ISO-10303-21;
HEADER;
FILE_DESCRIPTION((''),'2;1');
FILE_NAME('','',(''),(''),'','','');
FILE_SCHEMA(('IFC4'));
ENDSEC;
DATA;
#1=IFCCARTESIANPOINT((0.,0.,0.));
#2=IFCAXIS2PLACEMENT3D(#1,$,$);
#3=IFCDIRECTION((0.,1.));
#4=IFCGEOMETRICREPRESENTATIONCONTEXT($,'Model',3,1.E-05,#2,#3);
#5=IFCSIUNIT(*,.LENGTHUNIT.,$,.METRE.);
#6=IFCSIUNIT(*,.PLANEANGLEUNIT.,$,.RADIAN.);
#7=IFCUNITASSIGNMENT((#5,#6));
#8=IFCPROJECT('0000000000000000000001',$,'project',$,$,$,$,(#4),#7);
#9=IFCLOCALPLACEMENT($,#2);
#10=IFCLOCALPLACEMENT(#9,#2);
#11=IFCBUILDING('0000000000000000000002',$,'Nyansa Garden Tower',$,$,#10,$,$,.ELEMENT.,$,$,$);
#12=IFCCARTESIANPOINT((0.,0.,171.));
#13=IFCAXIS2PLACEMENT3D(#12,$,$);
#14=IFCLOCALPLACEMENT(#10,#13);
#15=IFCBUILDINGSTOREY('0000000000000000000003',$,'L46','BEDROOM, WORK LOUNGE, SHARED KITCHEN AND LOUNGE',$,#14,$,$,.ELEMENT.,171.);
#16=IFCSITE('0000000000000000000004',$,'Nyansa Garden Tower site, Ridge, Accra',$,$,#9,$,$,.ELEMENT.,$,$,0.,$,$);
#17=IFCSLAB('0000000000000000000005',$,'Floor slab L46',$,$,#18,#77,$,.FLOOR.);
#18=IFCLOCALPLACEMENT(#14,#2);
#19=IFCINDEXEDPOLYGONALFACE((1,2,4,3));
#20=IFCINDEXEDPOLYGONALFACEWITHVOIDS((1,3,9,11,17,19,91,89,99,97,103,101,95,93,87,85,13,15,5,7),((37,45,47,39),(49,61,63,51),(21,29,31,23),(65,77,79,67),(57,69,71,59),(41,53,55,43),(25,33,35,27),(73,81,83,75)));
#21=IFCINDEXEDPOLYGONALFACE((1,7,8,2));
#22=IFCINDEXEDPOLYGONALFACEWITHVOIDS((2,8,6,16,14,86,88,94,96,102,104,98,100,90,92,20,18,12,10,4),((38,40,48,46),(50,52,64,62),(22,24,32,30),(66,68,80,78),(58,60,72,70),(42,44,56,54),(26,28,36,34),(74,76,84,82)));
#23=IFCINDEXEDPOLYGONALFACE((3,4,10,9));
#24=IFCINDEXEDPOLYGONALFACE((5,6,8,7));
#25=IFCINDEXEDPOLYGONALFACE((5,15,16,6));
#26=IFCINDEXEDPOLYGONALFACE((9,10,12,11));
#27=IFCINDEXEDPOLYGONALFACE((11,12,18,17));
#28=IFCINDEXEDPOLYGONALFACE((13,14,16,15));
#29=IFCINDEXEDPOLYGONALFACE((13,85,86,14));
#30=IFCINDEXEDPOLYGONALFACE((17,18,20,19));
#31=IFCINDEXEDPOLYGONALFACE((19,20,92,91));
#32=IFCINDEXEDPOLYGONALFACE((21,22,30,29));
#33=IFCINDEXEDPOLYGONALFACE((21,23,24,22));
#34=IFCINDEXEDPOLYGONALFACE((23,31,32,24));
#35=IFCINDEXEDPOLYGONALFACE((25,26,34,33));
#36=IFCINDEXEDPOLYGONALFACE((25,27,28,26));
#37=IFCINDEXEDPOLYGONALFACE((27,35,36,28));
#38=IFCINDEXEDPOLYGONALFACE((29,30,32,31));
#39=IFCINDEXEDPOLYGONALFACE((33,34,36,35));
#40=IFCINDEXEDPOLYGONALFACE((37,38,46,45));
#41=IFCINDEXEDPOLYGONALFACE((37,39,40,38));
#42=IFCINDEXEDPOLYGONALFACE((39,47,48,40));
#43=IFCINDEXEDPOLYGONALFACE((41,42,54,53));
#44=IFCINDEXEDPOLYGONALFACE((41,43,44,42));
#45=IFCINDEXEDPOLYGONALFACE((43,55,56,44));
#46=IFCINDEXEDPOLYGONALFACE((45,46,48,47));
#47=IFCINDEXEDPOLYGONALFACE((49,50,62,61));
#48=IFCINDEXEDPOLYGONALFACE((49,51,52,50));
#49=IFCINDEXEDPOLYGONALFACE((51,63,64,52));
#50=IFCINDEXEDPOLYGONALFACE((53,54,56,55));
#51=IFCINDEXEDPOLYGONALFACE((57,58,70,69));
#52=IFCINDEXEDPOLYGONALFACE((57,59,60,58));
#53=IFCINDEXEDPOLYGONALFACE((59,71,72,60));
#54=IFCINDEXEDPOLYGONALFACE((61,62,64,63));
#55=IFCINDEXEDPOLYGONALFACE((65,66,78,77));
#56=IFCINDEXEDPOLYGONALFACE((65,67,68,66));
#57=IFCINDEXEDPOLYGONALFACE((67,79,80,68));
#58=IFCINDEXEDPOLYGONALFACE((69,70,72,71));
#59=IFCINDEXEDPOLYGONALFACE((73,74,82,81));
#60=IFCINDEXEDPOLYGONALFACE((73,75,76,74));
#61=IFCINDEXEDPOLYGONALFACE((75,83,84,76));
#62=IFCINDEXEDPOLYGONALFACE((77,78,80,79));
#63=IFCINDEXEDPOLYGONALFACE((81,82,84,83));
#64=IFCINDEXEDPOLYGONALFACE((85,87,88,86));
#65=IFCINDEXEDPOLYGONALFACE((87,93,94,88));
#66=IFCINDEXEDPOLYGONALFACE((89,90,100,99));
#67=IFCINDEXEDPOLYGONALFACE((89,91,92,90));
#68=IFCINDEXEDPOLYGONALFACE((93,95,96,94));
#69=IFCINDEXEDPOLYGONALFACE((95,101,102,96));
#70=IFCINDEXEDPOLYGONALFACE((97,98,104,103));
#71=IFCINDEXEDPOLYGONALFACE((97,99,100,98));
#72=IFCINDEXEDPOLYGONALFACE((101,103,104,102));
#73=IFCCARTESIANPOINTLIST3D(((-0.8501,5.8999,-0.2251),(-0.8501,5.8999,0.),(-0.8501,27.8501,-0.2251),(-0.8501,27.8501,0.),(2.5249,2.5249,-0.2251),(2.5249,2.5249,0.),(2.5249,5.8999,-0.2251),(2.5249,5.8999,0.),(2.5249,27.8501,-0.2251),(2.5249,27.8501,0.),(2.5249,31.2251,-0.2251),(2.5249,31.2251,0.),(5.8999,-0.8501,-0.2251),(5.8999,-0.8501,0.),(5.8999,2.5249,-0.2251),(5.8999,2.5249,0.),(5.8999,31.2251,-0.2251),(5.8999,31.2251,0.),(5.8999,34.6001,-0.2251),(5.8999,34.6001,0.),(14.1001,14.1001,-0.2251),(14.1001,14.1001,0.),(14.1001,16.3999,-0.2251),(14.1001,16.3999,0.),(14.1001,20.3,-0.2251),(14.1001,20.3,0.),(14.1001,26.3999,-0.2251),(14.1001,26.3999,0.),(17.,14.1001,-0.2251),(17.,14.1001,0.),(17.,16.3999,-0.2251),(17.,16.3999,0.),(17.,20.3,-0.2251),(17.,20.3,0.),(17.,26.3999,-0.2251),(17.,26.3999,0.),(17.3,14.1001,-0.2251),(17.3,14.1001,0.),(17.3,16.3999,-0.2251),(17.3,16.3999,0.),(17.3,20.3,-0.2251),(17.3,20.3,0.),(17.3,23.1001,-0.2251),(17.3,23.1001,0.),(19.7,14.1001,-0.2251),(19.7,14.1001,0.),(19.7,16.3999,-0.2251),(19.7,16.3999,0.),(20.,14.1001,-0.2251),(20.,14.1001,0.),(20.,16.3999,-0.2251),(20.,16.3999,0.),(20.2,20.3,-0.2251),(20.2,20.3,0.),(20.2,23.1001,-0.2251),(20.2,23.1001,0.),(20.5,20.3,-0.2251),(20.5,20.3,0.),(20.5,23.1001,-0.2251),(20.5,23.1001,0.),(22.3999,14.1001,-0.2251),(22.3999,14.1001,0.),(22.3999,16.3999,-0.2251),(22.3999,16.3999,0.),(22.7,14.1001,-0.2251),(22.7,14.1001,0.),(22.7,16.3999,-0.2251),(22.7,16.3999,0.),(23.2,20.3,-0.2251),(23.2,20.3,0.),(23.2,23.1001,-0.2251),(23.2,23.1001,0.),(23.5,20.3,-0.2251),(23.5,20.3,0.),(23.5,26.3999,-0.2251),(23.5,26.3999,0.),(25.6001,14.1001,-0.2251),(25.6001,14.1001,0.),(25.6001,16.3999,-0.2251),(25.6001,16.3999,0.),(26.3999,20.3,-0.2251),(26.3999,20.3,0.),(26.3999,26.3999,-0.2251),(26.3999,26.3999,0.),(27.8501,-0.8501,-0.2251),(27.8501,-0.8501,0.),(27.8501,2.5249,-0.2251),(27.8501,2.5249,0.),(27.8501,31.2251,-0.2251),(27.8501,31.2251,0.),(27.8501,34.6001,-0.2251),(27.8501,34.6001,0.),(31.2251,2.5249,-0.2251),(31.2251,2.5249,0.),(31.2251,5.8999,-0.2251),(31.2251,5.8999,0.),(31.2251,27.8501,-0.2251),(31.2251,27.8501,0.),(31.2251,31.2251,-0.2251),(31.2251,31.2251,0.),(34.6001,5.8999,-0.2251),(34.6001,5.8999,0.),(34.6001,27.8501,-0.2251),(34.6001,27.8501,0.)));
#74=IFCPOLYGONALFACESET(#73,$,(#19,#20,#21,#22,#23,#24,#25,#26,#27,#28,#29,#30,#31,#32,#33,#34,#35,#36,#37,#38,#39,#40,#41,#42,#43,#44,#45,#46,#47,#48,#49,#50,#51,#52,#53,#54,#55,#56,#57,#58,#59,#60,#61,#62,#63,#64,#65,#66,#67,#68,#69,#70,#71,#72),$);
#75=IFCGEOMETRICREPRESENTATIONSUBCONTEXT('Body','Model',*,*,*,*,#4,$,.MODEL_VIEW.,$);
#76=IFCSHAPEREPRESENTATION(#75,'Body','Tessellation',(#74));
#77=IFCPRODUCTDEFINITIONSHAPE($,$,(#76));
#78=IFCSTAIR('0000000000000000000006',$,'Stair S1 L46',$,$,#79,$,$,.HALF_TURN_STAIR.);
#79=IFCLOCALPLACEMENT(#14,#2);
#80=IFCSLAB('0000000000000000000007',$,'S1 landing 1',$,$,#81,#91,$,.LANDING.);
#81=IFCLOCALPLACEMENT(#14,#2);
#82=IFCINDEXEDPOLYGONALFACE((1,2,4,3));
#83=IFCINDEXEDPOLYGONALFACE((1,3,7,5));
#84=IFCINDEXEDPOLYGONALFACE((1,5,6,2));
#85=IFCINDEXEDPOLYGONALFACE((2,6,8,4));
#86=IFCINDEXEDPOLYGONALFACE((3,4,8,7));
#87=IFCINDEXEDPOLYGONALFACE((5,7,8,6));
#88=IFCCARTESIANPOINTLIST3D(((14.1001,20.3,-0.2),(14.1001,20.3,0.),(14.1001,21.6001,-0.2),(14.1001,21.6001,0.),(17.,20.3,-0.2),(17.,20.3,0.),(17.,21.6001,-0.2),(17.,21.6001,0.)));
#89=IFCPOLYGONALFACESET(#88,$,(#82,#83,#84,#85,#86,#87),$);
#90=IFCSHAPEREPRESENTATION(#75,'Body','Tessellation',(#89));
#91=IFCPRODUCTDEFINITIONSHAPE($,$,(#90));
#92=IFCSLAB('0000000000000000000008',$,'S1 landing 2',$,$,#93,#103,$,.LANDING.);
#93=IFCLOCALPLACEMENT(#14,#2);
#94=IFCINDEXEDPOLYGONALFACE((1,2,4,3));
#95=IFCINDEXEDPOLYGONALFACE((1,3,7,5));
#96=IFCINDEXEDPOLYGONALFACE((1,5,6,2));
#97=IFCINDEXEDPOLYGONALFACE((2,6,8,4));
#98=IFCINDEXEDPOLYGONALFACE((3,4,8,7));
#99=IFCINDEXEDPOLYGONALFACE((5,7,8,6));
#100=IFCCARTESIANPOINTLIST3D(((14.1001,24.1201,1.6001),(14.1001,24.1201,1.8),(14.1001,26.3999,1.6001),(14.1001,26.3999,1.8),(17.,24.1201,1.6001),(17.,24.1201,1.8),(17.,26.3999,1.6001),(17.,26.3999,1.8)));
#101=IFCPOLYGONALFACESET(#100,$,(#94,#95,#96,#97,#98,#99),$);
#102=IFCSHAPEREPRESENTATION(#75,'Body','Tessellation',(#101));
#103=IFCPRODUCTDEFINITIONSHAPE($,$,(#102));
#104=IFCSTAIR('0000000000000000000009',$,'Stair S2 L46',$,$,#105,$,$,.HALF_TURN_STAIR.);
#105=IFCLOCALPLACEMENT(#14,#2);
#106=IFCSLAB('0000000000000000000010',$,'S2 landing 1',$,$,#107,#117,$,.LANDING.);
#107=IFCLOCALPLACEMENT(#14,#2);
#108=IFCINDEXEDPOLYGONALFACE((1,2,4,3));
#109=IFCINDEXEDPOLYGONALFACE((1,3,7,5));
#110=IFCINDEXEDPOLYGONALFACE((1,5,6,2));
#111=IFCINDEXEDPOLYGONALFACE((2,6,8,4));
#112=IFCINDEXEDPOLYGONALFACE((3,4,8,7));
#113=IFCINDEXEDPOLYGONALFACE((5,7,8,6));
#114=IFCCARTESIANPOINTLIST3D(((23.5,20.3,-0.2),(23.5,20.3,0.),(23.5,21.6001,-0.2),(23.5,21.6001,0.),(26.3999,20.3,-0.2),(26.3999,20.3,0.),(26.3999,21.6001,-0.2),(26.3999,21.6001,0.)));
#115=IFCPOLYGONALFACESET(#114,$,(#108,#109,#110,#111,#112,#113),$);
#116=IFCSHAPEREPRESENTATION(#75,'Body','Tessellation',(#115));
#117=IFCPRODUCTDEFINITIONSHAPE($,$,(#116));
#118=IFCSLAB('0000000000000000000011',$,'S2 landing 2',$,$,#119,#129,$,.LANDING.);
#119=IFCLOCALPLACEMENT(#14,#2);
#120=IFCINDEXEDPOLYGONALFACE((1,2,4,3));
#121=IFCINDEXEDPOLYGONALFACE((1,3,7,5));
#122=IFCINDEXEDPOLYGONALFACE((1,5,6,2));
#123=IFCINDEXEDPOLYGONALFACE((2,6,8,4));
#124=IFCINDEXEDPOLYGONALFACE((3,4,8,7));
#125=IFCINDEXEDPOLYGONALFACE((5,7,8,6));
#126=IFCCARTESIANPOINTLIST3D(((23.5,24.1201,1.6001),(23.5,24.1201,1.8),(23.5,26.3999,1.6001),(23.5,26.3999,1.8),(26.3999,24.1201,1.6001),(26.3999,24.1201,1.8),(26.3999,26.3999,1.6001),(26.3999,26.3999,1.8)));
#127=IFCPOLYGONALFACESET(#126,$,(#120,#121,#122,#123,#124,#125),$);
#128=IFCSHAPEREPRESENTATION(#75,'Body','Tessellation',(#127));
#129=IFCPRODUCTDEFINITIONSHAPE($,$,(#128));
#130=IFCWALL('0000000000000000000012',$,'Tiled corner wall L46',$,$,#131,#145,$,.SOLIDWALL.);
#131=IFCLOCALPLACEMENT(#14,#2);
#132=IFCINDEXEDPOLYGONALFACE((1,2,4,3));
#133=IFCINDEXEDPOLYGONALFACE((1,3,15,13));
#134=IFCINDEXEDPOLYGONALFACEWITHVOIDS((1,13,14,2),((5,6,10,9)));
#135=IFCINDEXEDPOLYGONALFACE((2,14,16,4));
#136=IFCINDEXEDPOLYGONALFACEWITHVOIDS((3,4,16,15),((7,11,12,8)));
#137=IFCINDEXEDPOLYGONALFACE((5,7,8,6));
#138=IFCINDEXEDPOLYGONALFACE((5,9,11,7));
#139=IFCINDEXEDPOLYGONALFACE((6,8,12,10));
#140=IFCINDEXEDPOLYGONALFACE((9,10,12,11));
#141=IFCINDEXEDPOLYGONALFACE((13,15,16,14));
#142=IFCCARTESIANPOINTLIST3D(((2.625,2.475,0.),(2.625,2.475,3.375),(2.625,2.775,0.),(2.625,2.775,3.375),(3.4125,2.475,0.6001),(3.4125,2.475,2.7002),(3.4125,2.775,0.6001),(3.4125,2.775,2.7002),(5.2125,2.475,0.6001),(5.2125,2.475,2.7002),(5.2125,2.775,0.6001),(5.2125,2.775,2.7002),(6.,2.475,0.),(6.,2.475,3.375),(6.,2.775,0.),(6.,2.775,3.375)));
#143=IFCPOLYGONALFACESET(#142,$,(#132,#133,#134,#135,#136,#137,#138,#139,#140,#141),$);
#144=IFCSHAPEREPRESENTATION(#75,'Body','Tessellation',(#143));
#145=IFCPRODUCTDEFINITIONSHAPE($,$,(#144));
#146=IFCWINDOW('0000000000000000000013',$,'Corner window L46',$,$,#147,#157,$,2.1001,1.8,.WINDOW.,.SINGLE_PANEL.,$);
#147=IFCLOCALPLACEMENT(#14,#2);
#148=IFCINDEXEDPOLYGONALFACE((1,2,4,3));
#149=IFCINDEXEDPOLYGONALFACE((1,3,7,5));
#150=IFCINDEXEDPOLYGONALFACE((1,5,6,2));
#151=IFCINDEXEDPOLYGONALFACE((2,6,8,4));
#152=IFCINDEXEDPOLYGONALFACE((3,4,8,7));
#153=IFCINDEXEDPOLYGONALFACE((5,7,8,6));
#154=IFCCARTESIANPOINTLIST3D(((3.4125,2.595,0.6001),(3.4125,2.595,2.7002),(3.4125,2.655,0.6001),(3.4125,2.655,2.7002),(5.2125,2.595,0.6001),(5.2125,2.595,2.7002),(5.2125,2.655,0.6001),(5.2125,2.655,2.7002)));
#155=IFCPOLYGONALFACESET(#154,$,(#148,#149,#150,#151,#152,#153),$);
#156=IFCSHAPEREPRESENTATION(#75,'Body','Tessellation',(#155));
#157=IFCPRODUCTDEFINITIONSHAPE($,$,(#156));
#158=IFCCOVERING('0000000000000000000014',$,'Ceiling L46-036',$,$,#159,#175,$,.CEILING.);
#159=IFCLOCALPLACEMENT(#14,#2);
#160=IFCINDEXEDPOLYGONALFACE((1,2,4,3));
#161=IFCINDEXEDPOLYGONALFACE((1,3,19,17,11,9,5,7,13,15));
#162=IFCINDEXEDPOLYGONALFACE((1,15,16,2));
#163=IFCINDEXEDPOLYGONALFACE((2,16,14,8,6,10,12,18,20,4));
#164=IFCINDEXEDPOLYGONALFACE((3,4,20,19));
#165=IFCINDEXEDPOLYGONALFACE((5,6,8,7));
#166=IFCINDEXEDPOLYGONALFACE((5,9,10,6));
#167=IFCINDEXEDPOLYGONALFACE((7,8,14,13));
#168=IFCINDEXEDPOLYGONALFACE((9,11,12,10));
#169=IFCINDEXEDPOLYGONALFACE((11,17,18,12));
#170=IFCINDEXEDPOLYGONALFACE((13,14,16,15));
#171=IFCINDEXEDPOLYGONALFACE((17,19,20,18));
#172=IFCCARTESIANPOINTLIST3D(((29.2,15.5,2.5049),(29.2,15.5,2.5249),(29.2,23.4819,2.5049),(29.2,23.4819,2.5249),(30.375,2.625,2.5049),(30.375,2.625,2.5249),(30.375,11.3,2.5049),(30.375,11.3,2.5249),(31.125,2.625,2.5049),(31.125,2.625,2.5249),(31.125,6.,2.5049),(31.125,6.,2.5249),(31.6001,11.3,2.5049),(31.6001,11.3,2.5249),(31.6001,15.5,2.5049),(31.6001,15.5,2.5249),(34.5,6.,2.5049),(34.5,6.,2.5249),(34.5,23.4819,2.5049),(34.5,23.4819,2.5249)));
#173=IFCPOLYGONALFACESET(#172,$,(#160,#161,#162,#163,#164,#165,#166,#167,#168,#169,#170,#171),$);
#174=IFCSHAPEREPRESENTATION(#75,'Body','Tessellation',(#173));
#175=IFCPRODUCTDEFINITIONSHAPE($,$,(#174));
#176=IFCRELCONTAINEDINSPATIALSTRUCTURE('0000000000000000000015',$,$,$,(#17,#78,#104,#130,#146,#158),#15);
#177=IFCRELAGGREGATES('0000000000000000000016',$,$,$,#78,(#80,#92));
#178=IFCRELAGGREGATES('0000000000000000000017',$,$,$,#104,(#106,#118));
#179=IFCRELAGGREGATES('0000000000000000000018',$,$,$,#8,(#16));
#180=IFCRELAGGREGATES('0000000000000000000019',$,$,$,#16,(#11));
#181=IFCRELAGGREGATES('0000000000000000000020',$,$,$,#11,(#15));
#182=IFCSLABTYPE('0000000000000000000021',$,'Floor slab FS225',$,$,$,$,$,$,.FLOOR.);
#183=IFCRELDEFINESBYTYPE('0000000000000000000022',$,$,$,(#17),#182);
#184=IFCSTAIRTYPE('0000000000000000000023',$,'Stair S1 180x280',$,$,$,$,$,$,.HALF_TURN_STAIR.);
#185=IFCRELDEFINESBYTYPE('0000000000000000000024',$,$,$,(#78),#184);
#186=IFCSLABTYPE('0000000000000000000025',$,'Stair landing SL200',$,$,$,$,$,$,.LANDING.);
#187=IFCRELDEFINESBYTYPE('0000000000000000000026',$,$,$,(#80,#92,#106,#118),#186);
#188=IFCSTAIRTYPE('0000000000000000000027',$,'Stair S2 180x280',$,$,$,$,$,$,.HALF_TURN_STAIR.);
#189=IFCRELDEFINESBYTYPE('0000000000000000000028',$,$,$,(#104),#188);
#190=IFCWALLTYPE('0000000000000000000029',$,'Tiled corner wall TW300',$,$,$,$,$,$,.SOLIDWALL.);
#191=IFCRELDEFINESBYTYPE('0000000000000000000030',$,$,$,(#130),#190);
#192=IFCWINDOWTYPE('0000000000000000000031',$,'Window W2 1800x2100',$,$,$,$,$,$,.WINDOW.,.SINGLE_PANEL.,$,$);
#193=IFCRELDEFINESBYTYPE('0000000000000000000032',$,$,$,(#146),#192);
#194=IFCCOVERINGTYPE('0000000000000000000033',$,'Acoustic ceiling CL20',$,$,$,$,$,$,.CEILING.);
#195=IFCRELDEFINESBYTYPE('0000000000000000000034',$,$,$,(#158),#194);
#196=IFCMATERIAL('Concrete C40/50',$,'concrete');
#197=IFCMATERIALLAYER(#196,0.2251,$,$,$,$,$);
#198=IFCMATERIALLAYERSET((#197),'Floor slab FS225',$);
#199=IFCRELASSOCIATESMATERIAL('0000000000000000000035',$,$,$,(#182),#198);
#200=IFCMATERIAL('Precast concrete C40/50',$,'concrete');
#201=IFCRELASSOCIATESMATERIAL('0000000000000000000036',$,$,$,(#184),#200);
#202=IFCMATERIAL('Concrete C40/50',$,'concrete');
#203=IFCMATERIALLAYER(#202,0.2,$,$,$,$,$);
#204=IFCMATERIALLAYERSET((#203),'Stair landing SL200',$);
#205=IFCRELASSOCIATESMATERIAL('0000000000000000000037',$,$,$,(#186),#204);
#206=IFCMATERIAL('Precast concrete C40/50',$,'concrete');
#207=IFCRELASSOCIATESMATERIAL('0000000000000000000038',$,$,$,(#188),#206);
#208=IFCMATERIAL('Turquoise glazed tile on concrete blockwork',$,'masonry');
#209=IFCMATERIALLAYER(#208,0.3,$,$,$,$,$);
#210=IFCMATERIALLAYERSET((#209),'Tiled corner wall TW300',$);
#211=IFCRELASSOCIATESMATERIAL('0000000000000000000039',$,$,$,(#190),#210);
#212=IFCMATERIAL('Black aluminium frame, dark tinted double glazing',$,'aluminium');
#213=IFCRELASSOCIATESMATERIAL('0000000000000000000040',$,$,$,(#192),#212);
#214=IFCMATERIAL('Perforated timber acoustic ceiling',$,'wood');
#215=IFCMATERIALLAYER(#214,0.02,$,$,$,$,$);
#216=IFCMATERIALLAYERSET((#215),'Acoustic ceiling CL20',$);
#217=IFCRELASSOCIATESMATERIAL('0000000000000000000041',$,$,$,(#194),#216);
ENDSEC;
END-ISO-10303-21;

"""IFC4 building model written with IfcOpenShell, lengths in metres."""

from ifc_helpers import new_model, si_unit, direction, frame, frame_2d, origin, place, context, subcontext, project, spatial, polyline, rectangle, outline, extrude, material, layer, layer_set, type_object, element, fill, aggregate, save


model = new_model("IFC4")

# Units and contexts
model_context = context("Model", 3, precision=1e-05, world=origin(), true_north=direction((0.0, 1.0)))
body_context = subcontext(model_context, "Body", "Model", "MODEL_VIEW")
ifc_project = project(units=[si_unit("LENGTHUNIT", "METRE"), si_unit("PLANEANGLEUNIT", "RADIAN")], contexts=[model_context])

# Site, building, storey
site_placement = place(None, origin())
site = spatial("IfcSite", under=ifc_project, at=site_placement, Name="Nyansa Garden Tower site, Ridge, Accra", CompositionType="ELEMENT", RefElevation=0.0)
building_placement = place(site_placement, origin())
building = spatial("IfcBuilding", under=site, at=building_placement, Name="Nyansa Garden Tower", CompositionType="ELEMENT")
storey_placement = place(building_placement, frame((0.0, 0.0, 171.0)))
storey = spatial("IfcBuildingStorey", under=building, at=storey_placement, Name="L46", Description="BEDROOM, WORK LOUNGE, SHARED KITCHEN AND LOUNGE", CompositionType="ELEMENT", Elevation=171.0)

# Slab
ifc_material_1 = material(Name="Concrete C40/50", Category="concrete")
ifc_layer_1 = layer(ifc_material_1, 0.2251)
ifc_layer_set_1 = layer_set([ifc_layer_1], Name="Floor slab FS225")
slab_type_1 = type_object("IfcSlabType", Name="Floor slab FS225", PredefinedType="FLOOR", material=ifc_layer_set_1)
slab_1_placement = place(storey_placement, frame((0.0, 0.0, -0.2251)))
element("IfcSlab", 1, at=slab_1_placement, inside=storey, type_object=slab_type_1, Name="Floor slab L46", PredefinedType="FLOOR", context=body_context, shape_type="SweptSolid", body=[
    extrude(outline(polyline([(34.6001, 5.8999), (31.2251, 5.8999), (31.2251, 2.5249), (27.8501, 2.5249), (27.8501, -0.8501), (5.8999, -0.8501), (5.8999, 2.5249), (2.5249, 2.5249), (2.5249, 5.8999), (-0.8501, 5.8999), (-0.8501, 27.8501), (2.5249, 27.8501), (2.5249, 31.2251), (5.8999, 31.2251), (5.8999, 34.6001), (27.8501, 34.6001), (27.8501, 31.2251), (31.2251, 31.2251), (31.2251, 27.8501), (34.6001, 27.8501), (34.6001, 5.8999)]), holes=[polyline([(14.1001, 14.1001), (17.0, 14.1001), (17.0, 16.3999), (14.1001, 16.3999), (14.1001, 14.1001)]), polyline([(17.3, 14.1001), (19.7, 14.1001), (19.7, 16.3999), (17.3, 16.3999), (17.3, 14.1001)]), polyline([(20.0, 14.1001), (22.3999, 14.1001), (22.3999, 16.3999), (20.0, 16.3999), (20.0, 14.1001)]), polyline([(22.7, 14.1001), (25.6001, 14.1001), (25.6001, 16.3999), (22.7, 16.3999), (22.7, 14.1001)]), polyline([(17.3, 20.3), (20.2, 20.3), (20.2, 23.1001), (17.3, 23.1001), (17.3, 20.3)]), polyline([(20.5, 20.3), (23.2, 20.3), (23.2, 23.1001), (20.5, 23.1001), (20.5, 20.3)]), polyline([(14.1001, 20.3), (17.0, 20.3), (17.0, 26.3999), (14.1001, 26.3999), (14.1001, 20.3)]), polyline([(23.5, 20.3), (26.3999, 20.3), (26.3999, 26.3999), (23.5, 26.3999), (23.5, 20.3)])]), origin(), (0.0, 0.0, 1.0), 0.2251),
])

# Stairs, slabs
ifc_material_2 = material(Name="Precast concrete C40/50", Category="concrete")
stair_type_1 = type_object("IfcStairType", Name="Stair S1 180x280", PredefinedType="HALF_TURN_STAIR", material=ifc_material_2)
stair_1_placement = place(storey_placement, origin())
stair_1 = element("IfcStair", 2, at=stair_1_placement, inside=storey, type_object=stair_type_1, Name="Stair S1 L46", PredefinedType="HALF_TURN_STAIR")
ifc_material_3 = material(Name="Concrete C40/50", Category="concrete")
ifc_layer_2 = layer(ifc_material_3, 0.2)
ifc_layer_set_2 = layer_set([ifc_layer_2], Name="Stair landing SL200")
slab_type_2 = type_object("IfcSlabType", Name="Stair landing SL200", PredefinedType="LANDING", material=ifc_layer_set_2)
slab_2_placement = place(storey_placement, frame((0.0, 0.0, -0.2)))
slab_2 = element("IfcSlab", 3, at=slab_2_placement, type_object=slab_type_2, Name="S1 landing 1", PredefinedType="LANDING", context=body_context, shape_type="SweptSolid", body=[
    extrude(outline(polyline([(14.1001, 20.3), (17.0, 20.3), (17.0, 21.6001), (14.1001, 21.6001), (14.1001, 20.3)])), origin(), (0.0, 0.0, 1.0), 0.2),
])
slab_3_placement = place(storey_placement, frame((0.0, 0.0, 1.6001)))
slab_3 = element("IfcSlab", 4, at=slab_3_placement, type_object=slab_type_2, Name="S1 landing 2", PredefinedType="LANDING", context=body_context, shape_type="SweptSolid", body=[
    extrude(outline(polyline([(14.1001, 24.1201), (17.0, 24.1201), (17.0, 26.3999), (14.1001, 26.3999), (14.1001, 24.1201)])), origin(), (0.0, 0.0, 1.0), 0.2),
])
aggregate(stair_1, [slab_2, slab_3])
ifc_material_4 = material(Name="Precast concrete C40/50", Category="concrete")
stair_type_2 = type_object("IfcStairType", Name="Stair S2 180x280", PredefinedType="HALF_TURN_STAIR", material=ifc_material_4)
stair_2_placement = place(storey_placement, origin())
stair_2 = element("IfcStair", 5, at=stair_2_placement, inside=storey, type_object=stair_type_2, Name="Stair S2 L46", PredefinedType="HALF_TURN_STAIR")
slab_4_placement = place(storey_placement, frame((0.0, 0.0, -0.2)))
slab_4 = element("IfcSlab", 6, at=slab_4_placement, type_object=slab_type_2, Name="S2 landing 1", PredefinedType="LANDING", context=body_context, shape_type="SweptSolid", body=[
    extrude(outline(polyline([(23.5, 20.3), (26.3999, 20.3), (26.3999, 21.6001), (23.5, 21.6001), (23.5, 20.3)])), origin(), (0.0, 0.0, 1.0), 0.2),
])
slab_5_placement = place(storey_placement, frame((0.0, 0.0, 1.6001)))
slab_5 = element("IfcSlab", 7, at=slab_5_placement, type_object=slab_type_2, Name="S2 landing 2", PredefinedType="LANDING", context=body_context, shape_type="SweptSolid", body=[
    extrude(outline(polyline([(23.5, 24.1201), (26.3999, 24.1201), (26.3999, 26.3999), (23.5, 26.3999), (23.5, 24.1201)])), origin(), (0.0, 0.0, 1.0), 0.2),
])
aggregate(stair_2, [slab_4, slab_5])

# Wall, opening, window
ifc_material_5 = material(Name="Turquoise glazed tile on concrete blockwork", Category="masonry")
ifc_layer_3 = layer(ifc_material_5, 0.3)
ifc_layer_set_3 = layer_set([ifc_layer_3], Name="Tiled corner wall TW300")
wall_type = type_object("IfcWallType", Name="Tiled corner wall TW300", PredefinedType="SOLIDWALL", material=ifc_layer_set_3)
wall_placement = place(storey_placement, frame((2.625, 2.625, 0.0), z_axis=(0.0, 0.0, 1.0), x_axis=(1.0, 0.0, 0.0)))
wall = element("IfcWall", 8, at=wall_placement, inside=storey, type_object=wall_type, Name="Tiled corner wall L46", PredefinedType="SOLIDWALL", context=body_context, shape_type="SweptSolid", body=[
    extrude(rectangle(XDim=3.375, YDim=0.3, at=frame_2d((1.6875, 0.0))), origin(), (0.0, 0.0, 1.0), 3.375),
])
opening_placement = place(wall_placement, frame((0.7876, 0.0, 0.6001)))
opening = element("IfcOpeningElement", 9, at=opening_placement, cuts=wall, PredefinedType="OPENING", context=body_context, shape_type="SweptSolid", body=[
    extrude(rectangle(XDim=1.8, YDim=2.1001, at=frame_2d((0.8999, 1.05))), frame((0.0, 0.1599, 0.0), z_axis=(0.0, -1.0, 0.0), x_axis=(1.0, 0.0, 0.0)), (0.0, 0.0, 1.0), 0.3201),
])
ifc_material_6 = material(Name="Black aluminium frame, dark tinted double glazing", Category="aluminium")
window_type = type_object("IfcWindowType", Name="Window W2 1800x2100", PartitioningType="SINGLE_PANEL", PredefinedType="WINDOW", material=ifc_material_6)
window_placement = place(opening_placement, origin())
window = element("IfcWindow", 10, at=window_placement, inside=storey, type_object=window_type, Name="Corner window L46", OverallHeight=2.1001, OverallWidth=1.8, PartitioningType="SINGLE_PANEL", PredefinedType="WINDOW", context=body_context, shape_type="SweptSolid", body=[
    extrude(rectangle(XDim=1.8, YDim=2.1001, at=frame_2d((0.8999, 1.05))), frame((0.0, 0.03, 0.0), z_axis=(0.0, -1.0, 0.0), x_axis=(1.0, 0.0, 0.0)), (0.0, 0.0, 1.0), 0.0601),
])
fill(opening, window)

# Covering
ifc_material_7 = material(Name="Perforated timber acoustic ceiling", Category="wood")
ifc_layer_4 = layer(ifc_material_7, 0.02)
ifc_layer_set_4 = layer_set([ifc_layer_4], Name="Acoustic ceiling CL20")
covering_type_1 = type_object("IfcCoveringType", Name="Acoustic ceiling CL20", PredefinedType="CEILING", material=ifc_layer_set_4)
covering_1_placement = place(storey_placement, frame((0.0, 0.0, 2.5049)))
element("IfcCovering", 11, at=covering_1_placement, inside=storey, type_object=covering_type_1, Name="Ceiling L46-036", PredefinedType="CEILING", context=body_context, shape_type="SweptSolid", body=[
    extrude(outline(polyline([(30.375, 11.3), (31.6001, 11.3), (31.6001, 15.5), (29.2, 15.5), (29.2, 23.4819), (34.5, 23.4819), (34.5, 6.0), (31.125, 6.0), (31.125, 2.625), (30.375, 2.625), (30.375, 11.3)])), origin(), (0.0, 0.0, 1.0), 0.02),
])

save(model, "model.ifc")
